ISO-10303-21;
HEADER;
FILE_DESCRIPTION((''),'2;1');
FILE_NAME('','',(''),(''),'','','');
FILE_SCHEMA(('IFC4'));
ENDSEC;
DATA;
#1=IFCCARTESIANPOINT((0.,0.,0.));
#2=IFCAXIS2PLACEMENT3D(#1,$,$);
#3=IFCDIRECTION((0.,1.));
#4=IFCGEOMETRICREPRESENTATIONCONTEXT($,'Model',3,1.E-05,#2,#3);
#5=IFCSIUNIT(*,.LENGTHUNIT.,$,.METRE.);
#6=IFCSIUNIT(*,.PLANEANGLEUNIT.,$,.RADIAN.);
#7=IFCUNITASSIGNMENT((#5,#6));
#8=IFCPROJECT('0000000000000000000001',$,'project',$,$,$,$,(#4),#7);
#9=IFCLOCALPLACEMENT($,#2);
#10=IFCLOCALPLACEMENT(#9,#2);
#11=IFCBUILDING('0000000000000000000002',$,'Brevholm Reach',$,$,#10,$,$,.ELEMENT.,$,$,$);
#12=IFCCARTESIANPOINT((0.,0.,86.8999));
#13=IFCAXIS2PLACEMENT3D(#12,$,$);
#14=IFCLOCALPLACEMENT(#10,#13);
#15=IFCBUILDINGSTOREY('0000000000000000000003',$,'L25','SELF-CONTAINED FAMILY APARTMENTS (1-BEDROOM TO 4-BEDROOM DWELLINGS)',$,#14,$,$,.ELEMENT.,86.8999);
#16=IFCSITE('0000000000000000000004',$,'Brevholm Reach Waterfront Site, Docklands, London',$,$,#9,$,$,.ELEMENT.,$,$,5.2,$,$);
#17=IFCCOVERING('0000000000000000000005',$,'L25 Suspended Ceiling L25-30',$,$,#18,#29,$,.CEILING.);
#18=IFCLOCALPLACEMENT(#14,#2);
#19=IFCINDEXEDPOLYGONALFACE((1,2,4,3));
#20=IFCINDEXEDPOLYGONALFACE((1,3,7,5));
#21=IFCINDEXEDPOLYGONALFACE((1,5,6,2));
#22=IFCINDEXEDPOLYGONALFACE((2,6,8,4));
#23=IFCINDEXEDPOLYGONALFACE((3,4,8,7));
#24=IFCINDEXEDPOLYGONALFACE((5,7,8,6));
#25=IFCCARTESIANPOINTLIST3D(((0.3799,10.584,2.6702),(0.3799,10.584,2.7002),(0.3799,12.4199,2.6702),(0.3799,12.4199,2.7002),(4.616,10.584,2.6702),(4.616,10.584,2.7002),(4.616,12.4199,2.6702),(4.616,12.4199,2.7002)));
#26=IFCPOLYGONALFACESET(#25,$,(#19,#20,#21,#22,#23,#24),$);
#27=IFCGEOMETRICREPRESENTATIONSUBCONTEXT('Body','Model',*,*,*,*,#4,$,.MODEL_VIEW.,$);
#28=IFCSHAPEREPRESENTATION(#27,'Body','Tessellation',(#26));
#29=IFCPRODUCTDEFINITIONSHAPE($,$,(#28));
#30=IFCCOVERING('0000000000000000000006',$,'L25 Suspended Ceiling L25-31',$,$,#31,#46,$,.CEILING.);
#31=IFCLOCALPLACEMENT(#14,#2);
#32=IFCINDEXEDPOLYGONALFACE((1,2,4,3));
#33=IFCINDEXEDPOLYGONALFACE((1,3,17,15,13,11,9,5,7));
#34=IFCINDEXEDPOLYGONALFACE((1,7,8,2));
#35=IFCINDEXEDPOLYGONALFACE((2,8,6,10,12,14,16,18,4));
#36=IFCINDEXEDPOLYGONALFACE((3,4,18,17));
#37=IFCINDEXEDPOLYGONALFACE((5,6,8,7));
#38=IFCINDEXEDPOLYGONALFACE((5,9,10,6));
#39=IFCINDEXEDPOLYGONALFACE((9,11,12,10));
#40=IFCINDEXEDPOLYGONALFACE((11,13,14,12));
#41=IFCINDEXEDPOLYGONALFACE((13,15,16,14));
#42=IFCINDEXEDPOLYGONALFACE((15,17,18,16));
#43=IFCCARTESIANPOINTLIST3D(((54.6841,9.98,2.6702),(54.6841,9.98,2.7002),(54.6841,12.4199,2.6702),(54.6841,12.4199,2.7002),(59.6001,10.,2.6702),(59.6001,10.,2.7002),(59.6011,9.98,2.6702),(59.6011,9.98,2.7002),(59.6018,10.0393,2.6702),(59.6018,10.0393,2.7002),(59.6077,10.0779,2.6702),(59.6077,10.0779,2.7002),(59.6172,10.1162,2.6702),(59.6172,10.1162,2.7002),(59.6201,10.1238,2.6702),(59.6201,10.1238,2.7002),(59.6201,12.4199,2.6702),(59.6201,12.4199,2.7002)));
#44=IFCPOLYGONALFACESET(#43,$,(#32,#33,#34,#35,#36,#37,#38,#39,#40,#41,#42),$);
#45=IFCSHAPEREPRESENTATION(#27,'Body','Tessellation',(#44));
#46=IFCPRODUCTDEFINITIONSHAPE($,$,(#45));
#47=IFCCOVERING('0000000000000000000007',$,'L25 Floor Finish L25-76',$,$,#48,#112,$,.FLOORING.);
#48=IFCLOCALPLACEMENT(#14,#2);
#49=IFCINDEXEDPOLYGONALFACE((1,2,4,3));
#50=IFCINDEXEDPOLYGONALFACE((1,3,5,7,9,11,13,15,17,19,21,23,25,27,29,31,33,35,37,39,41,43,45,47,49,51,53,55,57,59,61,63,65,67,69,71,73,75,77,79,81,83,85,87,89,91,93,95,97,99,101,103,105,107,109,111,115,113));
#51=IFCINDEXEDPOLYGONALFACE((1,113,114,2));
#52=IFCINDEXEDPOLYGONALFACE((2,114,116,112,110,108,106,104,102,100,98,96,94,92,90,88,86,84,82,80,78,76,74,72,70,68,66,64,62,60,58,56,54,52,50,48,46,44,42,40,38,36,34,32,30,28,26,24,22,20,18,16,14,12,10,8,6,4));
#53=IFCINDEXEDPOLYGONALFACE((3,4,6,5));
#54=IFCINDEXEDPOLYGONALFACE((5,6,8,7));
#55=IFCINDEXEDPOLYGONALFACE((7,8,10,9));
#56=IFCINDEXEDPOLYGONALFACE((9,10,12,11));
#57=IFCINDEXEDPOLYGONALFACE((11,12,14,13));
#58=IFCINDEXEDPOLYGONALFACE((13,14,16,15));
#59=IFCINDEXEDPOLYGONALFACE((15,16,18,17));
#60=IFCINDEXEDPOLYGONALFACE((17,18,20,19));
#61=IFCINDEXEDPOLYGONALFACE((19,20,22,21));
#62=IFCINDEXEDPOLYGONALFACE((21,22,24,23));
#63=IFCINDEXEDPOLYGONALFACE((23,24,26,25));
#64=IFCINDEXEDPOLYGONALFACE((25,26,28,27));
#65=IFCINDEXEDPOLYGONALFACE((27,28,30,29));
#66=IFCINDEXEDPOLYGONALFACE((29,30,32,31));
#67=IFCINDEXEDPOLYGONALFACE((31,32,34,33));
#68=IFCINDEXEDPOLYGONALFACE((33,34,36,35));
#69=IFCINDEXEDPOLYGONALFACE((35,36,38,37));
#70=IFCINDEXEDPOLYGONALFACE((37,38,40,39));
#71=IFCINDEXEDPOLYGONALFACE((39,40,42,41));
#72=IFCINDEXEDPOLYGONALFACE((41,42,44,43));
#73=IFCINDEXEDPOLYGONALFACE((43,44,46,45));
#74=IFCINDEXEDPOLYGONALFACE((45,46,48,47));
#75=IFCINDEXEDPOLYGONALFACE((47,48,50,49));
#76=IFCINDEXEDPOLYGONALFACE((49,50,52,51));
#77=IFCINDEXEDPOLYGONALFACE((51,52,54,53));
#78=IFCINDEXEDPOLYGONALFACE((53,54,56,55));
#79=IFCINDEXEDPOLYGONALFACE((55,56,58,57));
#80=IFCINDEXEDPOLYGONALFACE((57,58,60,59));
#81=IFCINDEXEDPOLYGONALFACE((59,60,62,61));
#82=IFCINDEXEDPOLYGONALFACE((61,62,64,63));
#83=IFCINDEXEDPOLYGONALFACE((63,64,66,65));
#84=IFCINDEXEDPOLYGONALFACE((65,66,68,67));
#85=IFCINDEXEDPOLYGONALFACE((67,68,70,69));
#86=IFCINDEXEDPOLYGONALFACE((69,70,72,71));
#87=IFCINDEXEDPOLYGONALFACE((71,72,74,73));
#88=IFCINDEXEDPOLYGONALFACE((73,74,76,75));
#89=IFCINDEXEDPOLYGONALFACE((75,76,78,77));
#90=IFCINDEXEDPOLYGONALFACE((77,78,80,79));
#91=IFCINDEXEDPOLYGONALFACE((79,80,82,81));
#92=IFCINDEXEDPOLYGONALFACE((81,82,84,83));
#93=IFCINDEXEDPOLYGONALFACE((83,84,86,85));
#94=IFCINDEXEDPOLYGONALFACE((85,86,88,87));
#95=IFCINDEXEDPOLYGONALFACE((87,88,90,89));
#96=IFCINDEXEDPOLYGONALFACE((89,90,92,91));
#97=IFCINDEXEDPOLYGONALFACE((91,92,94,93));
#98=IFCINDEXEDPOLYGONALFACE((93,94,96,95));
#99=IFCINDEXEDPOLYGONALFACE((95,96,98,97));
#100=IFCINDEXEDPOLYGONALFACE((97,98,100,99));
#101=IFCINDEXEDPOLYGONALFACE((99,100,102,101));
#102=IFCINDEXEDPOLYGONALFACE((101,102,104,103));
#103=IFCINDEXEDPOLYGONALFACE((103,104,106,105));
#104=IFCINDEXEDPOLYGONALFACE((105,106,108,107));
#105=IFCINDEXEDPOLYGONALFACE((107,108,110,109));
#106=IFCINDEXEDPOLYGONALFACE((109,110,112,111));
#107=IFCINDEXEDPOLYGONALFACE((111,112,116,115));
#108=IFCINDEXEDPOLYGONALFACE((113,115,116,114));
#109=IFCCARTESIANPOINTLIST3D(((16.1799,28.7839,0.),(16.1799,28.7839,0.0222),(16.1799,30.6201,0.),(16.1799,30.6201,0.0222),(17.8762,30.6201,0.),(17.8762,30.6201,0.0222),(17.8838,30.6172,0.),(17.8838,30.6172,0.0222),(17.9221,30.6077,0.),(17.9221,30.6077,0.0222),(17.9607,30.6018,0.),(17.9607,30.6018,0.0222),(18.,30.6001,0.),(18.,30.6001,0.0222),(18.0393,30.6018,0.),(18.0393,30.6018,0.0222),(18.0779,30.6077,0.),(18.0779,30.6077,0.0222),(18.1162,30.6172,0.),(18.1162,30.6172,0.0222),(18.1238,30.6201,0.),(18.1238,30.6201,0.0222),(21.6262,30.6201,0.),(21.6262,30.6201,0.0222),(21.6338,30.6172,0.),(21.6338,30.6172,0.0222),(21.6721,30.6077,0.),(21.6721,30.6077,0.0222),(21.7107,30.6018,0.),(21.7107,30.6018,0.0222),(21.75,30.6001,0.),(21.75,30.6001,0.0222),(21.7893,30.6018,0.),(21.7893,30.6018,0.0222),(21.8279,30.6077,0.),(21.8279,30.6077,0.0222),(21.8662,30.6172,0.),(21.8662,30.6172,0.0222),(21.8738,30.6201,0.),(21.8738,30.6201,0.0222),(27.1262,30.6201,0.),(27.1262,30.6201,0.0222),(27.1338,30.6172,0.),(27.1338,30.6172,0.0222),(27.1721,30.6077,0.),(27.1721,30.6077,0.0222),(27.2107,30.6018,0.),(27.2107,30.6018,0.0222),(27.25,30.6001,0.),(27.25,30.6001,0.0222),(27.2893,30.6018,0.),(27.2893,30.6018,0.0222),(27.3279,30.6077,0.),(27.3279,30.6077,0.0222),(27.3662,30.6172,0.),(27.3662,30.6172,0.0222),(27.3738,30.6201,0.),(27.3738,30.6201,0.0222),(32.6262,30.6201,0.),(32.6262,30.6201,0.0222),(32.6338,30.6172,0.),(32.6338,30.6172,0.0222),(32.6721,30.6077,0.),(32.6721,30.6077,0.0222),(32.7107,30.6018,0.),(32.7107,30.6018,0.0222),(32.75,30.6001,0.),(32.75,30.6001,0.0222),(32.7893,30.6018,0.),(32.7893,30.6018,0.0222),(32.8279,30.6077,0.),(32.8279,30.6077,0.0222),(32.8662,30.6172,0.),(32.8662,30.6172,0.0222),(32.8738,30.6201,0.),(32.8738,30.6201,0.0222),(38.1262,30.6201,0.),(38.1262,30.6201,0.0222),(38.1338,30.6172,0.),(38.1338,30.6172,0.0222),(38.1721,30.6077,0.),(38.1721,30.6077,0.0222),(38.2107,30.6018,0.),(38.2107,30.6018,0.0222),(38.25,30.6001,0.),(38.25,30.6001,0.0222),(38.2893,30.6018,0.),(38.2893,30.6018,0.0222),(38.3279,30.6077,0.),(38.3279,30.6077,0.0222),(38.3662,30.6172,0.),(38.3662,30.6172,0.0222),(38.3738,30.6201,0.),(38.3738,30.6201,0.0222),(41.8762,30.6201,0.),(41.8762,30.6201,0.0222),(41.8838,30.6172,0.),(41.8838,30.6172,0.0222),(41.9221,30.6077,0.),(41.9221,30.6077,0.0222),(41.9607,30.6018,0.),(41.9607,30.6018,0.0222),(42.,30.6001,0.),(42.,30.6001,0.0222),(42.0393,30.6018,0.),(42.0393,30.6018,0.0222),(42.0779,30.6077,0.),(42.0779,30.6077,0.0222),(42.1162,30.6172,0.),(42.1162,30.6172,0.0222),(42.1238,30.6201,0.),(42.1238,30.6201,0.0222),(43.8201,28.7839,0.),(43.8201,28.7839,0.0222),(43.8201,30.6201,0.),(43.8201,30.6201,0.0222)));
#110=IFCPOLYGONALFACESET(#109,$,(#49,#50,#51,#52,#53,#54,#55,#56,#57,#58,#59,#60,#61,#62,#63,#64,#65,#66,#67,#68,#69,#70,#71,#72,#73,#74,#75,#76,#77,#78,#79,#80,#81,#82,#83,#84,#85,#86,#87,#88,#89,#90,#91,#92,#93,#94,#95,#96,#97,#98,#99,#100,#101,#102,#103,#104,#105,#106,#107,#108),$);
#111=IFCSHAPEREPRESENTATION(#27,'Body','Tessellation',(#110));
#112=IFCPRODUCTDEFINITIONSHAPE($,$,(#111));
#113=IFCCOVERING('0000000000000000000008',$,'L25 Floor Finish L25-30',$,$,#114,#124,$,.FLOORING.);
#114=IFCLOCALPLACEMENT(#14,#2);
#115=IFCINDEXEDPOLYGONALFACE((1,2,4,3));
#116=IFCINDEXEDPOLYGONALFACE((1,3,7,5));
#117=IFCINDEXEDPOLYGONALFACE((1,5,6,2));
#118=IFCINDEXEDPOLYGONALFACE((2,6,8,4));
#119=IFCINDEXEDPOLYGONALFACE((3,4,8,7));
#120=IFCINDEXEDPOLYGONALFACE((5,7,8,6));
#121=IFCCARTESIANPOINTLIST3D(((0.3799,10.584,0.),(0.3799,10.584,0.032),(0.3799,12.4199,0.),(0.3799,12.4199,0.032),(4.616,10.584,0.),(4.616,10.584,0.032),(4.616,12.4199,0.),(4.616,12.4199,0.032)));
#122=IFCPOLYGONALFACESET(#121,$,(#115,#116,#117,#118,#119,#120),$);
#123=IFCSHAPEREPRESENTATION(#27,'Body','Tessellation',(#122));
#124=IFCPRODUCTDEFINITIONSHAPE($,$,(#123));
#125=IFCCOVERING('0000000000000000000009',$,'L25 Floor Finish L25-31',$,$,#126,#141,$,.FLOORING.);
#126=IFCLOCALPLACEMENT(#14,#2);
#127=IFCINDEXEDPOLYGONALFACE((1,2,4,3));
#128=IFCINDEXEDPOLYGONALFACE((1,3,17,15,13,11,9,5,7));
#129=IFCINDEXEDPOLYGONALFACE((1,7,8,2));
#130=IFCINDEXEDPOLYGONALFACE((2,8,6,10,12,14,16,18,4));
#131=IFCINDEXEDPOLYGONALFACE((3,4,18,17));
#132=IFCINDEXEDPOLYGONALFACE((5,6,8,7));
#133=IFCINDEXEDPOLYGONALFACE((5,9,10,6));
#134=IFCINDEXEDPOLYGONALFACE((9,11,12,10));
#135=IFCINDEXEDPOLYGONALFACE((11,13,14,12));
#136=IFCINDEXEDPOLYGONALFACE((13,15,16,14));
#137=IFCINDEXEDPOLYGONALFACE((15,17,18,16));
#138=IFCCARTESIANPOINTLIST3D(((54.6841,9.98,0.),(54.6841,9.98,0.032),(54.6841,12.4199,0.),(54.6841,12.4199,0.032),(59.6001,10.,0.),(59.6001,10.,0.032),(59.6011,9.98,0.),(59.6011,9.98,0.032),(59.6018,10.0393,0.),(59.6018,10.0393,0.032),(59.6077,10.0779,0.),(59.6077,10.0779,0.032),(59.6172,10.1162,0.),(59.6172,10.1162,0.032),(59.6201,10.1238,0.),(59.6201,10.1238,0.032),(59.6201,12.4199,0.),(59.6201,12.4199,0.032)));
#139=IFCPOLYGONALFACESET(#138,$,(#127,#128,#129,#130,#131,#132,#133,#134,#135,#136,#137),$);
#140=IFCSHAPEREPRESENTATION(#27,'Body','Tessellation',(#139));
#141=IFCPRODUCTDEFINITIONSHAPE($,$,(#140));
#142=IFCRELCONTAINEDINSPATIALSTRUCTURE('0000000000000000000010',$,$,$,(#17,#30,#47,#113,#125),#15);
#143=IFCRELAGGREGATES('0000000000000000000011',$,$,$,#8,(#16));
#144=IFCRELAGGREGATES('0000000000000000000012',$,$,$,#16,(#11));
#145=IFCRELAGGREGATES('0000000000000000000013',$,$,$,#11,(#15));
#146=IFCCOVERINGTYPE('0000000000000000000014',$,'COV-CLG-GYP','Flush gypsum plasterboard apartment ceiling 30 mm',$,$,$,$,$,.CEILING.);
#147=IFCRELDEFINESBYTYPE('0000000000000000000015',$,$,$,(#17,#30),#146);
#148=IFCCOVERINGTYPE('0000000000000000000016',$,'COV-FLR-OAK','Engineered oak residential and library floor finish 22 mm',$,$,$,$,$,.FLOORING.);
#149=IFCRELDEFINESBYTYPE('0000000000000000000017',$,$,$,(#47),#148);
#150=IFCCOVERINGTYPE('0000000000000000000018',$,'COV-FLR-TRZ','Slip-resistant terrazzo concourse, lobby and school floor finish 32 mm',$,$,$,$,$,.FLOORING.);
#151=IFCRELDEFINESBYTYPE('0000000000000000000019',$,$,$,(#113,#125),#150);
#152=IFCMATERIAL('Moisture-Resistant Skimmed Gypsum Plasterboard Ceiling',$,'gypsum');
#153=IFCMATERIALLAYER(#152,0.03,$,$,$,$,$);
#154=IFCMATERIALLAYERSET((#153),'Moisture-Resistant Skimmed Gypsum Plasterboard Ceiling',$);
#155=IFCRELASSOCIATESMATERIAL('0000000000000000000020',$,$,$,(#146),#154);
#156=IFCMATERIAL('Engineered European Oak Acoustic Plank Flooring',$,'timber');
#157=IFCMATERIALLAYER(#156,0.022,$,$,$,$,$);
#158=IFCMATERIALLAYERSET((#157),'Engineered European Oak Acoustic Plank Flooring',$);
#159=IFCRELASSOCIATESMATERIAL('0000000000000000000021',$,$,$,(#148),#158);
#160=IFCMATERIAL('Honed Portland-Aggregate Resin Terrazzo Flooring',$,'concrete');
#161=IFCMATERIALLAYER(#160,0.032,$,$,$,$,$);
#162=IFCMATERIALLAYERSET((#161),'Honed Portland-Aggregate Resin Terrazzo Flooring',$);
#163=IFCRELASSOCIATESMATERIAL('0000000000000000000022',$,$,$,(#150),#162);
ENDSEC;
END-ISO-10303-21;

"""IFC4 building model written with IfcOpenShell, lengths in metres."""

from ifc_helpers import new_model, si_unit, direction, frame, origin, place, context, subcontext, project, spatial, polyline, outline, extrude, material, layer, layer_set, type_object, element, save


model = new_model("IFC4")

# Units and contexts
model_context = context("Model", 3, precision=1e-05, world=origin(), true_north=direction((0.0, 1.0)))
body_context = subcontext(model_context, "Body", "Model", "MODEL_VIEW")
ifc_project = project(units=[si_unit("LENGTHUNIT", "METRE"), si_unit("PLANEANGLEUNIT", "RADIAN")], contexts=[model_context])

# Site, building, storey
site_placement = place(None, origin())
site = spatial("IfcSite", under=ifc_project, at=site_placement, Name="Brevholm Reach Waterfront Site, Docklands, London", CompositionType="ELEMENT", RefElevation=5.2)
building_placement = place(site_placement, origin())
building = spatial("IfcBuilding", under=site, at=building_placement, Name="Brevholm Reach", CompositionType="ELEMENT")
storey_placement = place(building_placement, frame((0.0, 0.0, 86.8999)))
storey = spatial("IfcBuildingStorey", under=building, at=storey_placement, Name="L25", Description="SELF-CONTAINED FAMILY APARTMENTS (1-BEDROOM TO 4-BEDROOM DWELLINGS)", CompositionType="ELEMENT", Elevation=86.8999)

# Coverings
ifc_material_1 = material(Name="Moisture-Resistant Skimmed Gypsum Plasterboard Ceiling", Category="gypsum")
ifc_layer_1 = layer(ifc_material_1, 0.03)
ifc_layer_set_1 = layer_set([ifc_layer_1], Name="Moisture-Resistant Skimmed Gypsum Plasterboard Ceiling")
covering_type_1 = type_object("IfcCoveringType", Name="COV-CLG-GYP", Description="Flush gypsum plasterboard apartment ceiling 30 mm", PredefinedType="CEILING", material=ifc_layer_set_1)
covering_1_placement = place(storey_placement, frame((0.0, 0.0, 2.6702)))
element("IfcCovering", 1, at=covering_1_placement, inside=storey, type_object=covering_type_1, Name="L25 Suspended Ceiling L25-30", PredefinedType="CEILING", context=body_context, shape_type="SweptSolid", body=[
    extrude(outline(polyline([(0.3799, 12.4199), (4.616, 12.4199), (4.616, 10.584), (0.3799, 10.584), (0.3799, 12.4199)])), origin(), (0.0, 0.0, 1.0), 0.03),
])
covering_2_placement = place(storey_placement, frame((0.0, 0.0, 2.6702)))
element("IfcCovering", 2, at=covering_2_placement, inside=storey, type_object=covering_type_1, Name="L25 Suspended Ceiling L25-31", PredefinedType="CEILING", context=body_context, shape_type="SweptSolid", body=[
    extrude(outline(polyline([(59.6201, 12.4199), (59.6201, 10.1238), (59.6172, 10.1162), (59.6077, 10.0779), (59.6018, 10.0393), (59.6001, 10.0), (59.6011, 9.98), (54.6841, 9.98), (54.6841, 12.4199), (59.6201, 12.4199)])), origin(), (0.0, 0.0, 1.0), 0.03),
])
ifc_material_2 = material(Name="Engineered European Oak Acoustic Plank Flooring", Category="timber")
ifc_layer_2 = layer(ifc_material_2, 0.022)
ifc_layer_set_2 = layer_set([ifc_layer_2], Name="Engineered European Oak Acoustic Plank Flooring")
covering_type_2 = type_object("IfcCoveringType", Name="COV-FLR-OAK", Description="Engineered oak residential and library floor finish 22 mm", PredefinedType="FLOORING", material=ifc_layer_set_2)
covering_3_placement = place(storey_placement, origin())
element("IfcCovering", 3, at=covering_3_placement, inside=storey, type_object=covering_type_2, Name="L25 Floor Finish L25-76", PredefinedType="FLOORING", context=body_context, shape_type="SweptSolid", body=[
    extrude(outline(polyline([(16.1799, 30.6201), (17.8762, 30.6201), (17.8838, 30.6172), (17.9221, 30.6077), (17.9607, 30.6018), (18.0, 30.6001), (18.0393, 30.6018), (18.0779, 30.6077), (18.1162, 30.6172), (18.1238, 30.6201), (21.6262, 30.6201), (21.6338, 30.6172), (21.6721, 30.6077), (21.7107, 30.6018), (21.75, 30.6001), (21.7893, 30.6018), (21.8279, 30.6077), (21.8662, 30.6172), (21.8738, 30.6201), (27.1262, 30.6201), (27.1338, 30.6172), (27.1721, 30.6077), (27.2107, 30.6018), (27.25, 30.6001), (27.2893, 30.6018), (27.3279, 30.6077), (27.3662, 30.6172), (27.3738, 30.6201), (32.6262, 30.6201), (32.6338, 30.6172), (32.6721, 30.6077), (32.7107, 30.6018), (32.75, 30.6001), (32.7893, 30.6018), (32.8279, 30.6077), (32.8662, 30.6172), (32.8738, 30.6201), (38.1262, 30.6201), (38.1338, 30.6172), (38.1721, 30.6077), (38.2107, 30.6018), (38.25, 30.6001), (38.2893, 30.6018), (38.3279, 30.6077), (38.3662, 30.6172), (38.3738, 30.6201), (41.8762, 30.6201), (41.8838, 30.6172), (41.9221, 30.6077), (41.9607, 30.6018), (42.0, 30.6001), (42.0393, 30.6018), (42.0779, 30.6077), (42.1162, 30.6172), (42.1238, 30.6201), (43.8201, 30.6201), (43.8201, 28.7839), (16.1799, 28.7839), (16.1799, 30.6201)])), origin(), (0.0, 0.0, 1.0), 0.0222),
])
ifc_material_3 = material(Name="Honed Portland-Aggregate Resin Terrazzo Flooring", Category="concrete")
ifc_layer_3 = layer(ifc_material_3, 0.032)
ifc_layer_set_3 = layer_set([ifc_layer_3], Name="Honed Portland-Aggregate Resin Terrazzo Flooring")
covering_type_3 = type_object("IfcCoveringType", Name="COV-FLR-TRZ", Description="Slip-resistant terrazzo concourse, lobby and school floor finish 32 mm", PredefinedType="FLOORING", material=ifc_layer_set_3)
covering_4_placement = place(storey_placement, origin())
element("IfcCovering", 4, at=covering_4_placement, inside=storey, type_object=covering_type_3, Name="L25 Floor Finish L25-30", PredefinedType="FLOORING", context=body_context, shape_type="SweptSolid", body=[
    extrude(outline(polyline([(0.3799, 12.4199), (4.616, 12.4199), (4.616, 10.584), (0.3799, 10.584), (0.3799, 12.4199)])), origin(), (0.0, 0.0, 1.0), 0.032),
])
covering_5_placement = place(storey_placement, origin())
element("IfcCovering", 5, at=covering_5_placement, inside=storey, type_object=covering_type_3, Name="L25 Floor Finish L25-31", PredefinedType="FLOORING", context=body_context, shape_type="SweptSolid", body=[
    extrude(outline(polyline([(59.6201, 12.4199), (59.6201, 10.1238), (59.6172, 10.1162), (59.6077, 10.0779), (59.6018, 10.0393), (59.6001, 10.0), (59.6011, 9.98), (54.6841, 9.98), (54.6841, 12.4199), (59.6201, 12.4199)])), origin(), (0.0, 0.0, 1.0), 0.032),
])

save(model, "model.ifc")
